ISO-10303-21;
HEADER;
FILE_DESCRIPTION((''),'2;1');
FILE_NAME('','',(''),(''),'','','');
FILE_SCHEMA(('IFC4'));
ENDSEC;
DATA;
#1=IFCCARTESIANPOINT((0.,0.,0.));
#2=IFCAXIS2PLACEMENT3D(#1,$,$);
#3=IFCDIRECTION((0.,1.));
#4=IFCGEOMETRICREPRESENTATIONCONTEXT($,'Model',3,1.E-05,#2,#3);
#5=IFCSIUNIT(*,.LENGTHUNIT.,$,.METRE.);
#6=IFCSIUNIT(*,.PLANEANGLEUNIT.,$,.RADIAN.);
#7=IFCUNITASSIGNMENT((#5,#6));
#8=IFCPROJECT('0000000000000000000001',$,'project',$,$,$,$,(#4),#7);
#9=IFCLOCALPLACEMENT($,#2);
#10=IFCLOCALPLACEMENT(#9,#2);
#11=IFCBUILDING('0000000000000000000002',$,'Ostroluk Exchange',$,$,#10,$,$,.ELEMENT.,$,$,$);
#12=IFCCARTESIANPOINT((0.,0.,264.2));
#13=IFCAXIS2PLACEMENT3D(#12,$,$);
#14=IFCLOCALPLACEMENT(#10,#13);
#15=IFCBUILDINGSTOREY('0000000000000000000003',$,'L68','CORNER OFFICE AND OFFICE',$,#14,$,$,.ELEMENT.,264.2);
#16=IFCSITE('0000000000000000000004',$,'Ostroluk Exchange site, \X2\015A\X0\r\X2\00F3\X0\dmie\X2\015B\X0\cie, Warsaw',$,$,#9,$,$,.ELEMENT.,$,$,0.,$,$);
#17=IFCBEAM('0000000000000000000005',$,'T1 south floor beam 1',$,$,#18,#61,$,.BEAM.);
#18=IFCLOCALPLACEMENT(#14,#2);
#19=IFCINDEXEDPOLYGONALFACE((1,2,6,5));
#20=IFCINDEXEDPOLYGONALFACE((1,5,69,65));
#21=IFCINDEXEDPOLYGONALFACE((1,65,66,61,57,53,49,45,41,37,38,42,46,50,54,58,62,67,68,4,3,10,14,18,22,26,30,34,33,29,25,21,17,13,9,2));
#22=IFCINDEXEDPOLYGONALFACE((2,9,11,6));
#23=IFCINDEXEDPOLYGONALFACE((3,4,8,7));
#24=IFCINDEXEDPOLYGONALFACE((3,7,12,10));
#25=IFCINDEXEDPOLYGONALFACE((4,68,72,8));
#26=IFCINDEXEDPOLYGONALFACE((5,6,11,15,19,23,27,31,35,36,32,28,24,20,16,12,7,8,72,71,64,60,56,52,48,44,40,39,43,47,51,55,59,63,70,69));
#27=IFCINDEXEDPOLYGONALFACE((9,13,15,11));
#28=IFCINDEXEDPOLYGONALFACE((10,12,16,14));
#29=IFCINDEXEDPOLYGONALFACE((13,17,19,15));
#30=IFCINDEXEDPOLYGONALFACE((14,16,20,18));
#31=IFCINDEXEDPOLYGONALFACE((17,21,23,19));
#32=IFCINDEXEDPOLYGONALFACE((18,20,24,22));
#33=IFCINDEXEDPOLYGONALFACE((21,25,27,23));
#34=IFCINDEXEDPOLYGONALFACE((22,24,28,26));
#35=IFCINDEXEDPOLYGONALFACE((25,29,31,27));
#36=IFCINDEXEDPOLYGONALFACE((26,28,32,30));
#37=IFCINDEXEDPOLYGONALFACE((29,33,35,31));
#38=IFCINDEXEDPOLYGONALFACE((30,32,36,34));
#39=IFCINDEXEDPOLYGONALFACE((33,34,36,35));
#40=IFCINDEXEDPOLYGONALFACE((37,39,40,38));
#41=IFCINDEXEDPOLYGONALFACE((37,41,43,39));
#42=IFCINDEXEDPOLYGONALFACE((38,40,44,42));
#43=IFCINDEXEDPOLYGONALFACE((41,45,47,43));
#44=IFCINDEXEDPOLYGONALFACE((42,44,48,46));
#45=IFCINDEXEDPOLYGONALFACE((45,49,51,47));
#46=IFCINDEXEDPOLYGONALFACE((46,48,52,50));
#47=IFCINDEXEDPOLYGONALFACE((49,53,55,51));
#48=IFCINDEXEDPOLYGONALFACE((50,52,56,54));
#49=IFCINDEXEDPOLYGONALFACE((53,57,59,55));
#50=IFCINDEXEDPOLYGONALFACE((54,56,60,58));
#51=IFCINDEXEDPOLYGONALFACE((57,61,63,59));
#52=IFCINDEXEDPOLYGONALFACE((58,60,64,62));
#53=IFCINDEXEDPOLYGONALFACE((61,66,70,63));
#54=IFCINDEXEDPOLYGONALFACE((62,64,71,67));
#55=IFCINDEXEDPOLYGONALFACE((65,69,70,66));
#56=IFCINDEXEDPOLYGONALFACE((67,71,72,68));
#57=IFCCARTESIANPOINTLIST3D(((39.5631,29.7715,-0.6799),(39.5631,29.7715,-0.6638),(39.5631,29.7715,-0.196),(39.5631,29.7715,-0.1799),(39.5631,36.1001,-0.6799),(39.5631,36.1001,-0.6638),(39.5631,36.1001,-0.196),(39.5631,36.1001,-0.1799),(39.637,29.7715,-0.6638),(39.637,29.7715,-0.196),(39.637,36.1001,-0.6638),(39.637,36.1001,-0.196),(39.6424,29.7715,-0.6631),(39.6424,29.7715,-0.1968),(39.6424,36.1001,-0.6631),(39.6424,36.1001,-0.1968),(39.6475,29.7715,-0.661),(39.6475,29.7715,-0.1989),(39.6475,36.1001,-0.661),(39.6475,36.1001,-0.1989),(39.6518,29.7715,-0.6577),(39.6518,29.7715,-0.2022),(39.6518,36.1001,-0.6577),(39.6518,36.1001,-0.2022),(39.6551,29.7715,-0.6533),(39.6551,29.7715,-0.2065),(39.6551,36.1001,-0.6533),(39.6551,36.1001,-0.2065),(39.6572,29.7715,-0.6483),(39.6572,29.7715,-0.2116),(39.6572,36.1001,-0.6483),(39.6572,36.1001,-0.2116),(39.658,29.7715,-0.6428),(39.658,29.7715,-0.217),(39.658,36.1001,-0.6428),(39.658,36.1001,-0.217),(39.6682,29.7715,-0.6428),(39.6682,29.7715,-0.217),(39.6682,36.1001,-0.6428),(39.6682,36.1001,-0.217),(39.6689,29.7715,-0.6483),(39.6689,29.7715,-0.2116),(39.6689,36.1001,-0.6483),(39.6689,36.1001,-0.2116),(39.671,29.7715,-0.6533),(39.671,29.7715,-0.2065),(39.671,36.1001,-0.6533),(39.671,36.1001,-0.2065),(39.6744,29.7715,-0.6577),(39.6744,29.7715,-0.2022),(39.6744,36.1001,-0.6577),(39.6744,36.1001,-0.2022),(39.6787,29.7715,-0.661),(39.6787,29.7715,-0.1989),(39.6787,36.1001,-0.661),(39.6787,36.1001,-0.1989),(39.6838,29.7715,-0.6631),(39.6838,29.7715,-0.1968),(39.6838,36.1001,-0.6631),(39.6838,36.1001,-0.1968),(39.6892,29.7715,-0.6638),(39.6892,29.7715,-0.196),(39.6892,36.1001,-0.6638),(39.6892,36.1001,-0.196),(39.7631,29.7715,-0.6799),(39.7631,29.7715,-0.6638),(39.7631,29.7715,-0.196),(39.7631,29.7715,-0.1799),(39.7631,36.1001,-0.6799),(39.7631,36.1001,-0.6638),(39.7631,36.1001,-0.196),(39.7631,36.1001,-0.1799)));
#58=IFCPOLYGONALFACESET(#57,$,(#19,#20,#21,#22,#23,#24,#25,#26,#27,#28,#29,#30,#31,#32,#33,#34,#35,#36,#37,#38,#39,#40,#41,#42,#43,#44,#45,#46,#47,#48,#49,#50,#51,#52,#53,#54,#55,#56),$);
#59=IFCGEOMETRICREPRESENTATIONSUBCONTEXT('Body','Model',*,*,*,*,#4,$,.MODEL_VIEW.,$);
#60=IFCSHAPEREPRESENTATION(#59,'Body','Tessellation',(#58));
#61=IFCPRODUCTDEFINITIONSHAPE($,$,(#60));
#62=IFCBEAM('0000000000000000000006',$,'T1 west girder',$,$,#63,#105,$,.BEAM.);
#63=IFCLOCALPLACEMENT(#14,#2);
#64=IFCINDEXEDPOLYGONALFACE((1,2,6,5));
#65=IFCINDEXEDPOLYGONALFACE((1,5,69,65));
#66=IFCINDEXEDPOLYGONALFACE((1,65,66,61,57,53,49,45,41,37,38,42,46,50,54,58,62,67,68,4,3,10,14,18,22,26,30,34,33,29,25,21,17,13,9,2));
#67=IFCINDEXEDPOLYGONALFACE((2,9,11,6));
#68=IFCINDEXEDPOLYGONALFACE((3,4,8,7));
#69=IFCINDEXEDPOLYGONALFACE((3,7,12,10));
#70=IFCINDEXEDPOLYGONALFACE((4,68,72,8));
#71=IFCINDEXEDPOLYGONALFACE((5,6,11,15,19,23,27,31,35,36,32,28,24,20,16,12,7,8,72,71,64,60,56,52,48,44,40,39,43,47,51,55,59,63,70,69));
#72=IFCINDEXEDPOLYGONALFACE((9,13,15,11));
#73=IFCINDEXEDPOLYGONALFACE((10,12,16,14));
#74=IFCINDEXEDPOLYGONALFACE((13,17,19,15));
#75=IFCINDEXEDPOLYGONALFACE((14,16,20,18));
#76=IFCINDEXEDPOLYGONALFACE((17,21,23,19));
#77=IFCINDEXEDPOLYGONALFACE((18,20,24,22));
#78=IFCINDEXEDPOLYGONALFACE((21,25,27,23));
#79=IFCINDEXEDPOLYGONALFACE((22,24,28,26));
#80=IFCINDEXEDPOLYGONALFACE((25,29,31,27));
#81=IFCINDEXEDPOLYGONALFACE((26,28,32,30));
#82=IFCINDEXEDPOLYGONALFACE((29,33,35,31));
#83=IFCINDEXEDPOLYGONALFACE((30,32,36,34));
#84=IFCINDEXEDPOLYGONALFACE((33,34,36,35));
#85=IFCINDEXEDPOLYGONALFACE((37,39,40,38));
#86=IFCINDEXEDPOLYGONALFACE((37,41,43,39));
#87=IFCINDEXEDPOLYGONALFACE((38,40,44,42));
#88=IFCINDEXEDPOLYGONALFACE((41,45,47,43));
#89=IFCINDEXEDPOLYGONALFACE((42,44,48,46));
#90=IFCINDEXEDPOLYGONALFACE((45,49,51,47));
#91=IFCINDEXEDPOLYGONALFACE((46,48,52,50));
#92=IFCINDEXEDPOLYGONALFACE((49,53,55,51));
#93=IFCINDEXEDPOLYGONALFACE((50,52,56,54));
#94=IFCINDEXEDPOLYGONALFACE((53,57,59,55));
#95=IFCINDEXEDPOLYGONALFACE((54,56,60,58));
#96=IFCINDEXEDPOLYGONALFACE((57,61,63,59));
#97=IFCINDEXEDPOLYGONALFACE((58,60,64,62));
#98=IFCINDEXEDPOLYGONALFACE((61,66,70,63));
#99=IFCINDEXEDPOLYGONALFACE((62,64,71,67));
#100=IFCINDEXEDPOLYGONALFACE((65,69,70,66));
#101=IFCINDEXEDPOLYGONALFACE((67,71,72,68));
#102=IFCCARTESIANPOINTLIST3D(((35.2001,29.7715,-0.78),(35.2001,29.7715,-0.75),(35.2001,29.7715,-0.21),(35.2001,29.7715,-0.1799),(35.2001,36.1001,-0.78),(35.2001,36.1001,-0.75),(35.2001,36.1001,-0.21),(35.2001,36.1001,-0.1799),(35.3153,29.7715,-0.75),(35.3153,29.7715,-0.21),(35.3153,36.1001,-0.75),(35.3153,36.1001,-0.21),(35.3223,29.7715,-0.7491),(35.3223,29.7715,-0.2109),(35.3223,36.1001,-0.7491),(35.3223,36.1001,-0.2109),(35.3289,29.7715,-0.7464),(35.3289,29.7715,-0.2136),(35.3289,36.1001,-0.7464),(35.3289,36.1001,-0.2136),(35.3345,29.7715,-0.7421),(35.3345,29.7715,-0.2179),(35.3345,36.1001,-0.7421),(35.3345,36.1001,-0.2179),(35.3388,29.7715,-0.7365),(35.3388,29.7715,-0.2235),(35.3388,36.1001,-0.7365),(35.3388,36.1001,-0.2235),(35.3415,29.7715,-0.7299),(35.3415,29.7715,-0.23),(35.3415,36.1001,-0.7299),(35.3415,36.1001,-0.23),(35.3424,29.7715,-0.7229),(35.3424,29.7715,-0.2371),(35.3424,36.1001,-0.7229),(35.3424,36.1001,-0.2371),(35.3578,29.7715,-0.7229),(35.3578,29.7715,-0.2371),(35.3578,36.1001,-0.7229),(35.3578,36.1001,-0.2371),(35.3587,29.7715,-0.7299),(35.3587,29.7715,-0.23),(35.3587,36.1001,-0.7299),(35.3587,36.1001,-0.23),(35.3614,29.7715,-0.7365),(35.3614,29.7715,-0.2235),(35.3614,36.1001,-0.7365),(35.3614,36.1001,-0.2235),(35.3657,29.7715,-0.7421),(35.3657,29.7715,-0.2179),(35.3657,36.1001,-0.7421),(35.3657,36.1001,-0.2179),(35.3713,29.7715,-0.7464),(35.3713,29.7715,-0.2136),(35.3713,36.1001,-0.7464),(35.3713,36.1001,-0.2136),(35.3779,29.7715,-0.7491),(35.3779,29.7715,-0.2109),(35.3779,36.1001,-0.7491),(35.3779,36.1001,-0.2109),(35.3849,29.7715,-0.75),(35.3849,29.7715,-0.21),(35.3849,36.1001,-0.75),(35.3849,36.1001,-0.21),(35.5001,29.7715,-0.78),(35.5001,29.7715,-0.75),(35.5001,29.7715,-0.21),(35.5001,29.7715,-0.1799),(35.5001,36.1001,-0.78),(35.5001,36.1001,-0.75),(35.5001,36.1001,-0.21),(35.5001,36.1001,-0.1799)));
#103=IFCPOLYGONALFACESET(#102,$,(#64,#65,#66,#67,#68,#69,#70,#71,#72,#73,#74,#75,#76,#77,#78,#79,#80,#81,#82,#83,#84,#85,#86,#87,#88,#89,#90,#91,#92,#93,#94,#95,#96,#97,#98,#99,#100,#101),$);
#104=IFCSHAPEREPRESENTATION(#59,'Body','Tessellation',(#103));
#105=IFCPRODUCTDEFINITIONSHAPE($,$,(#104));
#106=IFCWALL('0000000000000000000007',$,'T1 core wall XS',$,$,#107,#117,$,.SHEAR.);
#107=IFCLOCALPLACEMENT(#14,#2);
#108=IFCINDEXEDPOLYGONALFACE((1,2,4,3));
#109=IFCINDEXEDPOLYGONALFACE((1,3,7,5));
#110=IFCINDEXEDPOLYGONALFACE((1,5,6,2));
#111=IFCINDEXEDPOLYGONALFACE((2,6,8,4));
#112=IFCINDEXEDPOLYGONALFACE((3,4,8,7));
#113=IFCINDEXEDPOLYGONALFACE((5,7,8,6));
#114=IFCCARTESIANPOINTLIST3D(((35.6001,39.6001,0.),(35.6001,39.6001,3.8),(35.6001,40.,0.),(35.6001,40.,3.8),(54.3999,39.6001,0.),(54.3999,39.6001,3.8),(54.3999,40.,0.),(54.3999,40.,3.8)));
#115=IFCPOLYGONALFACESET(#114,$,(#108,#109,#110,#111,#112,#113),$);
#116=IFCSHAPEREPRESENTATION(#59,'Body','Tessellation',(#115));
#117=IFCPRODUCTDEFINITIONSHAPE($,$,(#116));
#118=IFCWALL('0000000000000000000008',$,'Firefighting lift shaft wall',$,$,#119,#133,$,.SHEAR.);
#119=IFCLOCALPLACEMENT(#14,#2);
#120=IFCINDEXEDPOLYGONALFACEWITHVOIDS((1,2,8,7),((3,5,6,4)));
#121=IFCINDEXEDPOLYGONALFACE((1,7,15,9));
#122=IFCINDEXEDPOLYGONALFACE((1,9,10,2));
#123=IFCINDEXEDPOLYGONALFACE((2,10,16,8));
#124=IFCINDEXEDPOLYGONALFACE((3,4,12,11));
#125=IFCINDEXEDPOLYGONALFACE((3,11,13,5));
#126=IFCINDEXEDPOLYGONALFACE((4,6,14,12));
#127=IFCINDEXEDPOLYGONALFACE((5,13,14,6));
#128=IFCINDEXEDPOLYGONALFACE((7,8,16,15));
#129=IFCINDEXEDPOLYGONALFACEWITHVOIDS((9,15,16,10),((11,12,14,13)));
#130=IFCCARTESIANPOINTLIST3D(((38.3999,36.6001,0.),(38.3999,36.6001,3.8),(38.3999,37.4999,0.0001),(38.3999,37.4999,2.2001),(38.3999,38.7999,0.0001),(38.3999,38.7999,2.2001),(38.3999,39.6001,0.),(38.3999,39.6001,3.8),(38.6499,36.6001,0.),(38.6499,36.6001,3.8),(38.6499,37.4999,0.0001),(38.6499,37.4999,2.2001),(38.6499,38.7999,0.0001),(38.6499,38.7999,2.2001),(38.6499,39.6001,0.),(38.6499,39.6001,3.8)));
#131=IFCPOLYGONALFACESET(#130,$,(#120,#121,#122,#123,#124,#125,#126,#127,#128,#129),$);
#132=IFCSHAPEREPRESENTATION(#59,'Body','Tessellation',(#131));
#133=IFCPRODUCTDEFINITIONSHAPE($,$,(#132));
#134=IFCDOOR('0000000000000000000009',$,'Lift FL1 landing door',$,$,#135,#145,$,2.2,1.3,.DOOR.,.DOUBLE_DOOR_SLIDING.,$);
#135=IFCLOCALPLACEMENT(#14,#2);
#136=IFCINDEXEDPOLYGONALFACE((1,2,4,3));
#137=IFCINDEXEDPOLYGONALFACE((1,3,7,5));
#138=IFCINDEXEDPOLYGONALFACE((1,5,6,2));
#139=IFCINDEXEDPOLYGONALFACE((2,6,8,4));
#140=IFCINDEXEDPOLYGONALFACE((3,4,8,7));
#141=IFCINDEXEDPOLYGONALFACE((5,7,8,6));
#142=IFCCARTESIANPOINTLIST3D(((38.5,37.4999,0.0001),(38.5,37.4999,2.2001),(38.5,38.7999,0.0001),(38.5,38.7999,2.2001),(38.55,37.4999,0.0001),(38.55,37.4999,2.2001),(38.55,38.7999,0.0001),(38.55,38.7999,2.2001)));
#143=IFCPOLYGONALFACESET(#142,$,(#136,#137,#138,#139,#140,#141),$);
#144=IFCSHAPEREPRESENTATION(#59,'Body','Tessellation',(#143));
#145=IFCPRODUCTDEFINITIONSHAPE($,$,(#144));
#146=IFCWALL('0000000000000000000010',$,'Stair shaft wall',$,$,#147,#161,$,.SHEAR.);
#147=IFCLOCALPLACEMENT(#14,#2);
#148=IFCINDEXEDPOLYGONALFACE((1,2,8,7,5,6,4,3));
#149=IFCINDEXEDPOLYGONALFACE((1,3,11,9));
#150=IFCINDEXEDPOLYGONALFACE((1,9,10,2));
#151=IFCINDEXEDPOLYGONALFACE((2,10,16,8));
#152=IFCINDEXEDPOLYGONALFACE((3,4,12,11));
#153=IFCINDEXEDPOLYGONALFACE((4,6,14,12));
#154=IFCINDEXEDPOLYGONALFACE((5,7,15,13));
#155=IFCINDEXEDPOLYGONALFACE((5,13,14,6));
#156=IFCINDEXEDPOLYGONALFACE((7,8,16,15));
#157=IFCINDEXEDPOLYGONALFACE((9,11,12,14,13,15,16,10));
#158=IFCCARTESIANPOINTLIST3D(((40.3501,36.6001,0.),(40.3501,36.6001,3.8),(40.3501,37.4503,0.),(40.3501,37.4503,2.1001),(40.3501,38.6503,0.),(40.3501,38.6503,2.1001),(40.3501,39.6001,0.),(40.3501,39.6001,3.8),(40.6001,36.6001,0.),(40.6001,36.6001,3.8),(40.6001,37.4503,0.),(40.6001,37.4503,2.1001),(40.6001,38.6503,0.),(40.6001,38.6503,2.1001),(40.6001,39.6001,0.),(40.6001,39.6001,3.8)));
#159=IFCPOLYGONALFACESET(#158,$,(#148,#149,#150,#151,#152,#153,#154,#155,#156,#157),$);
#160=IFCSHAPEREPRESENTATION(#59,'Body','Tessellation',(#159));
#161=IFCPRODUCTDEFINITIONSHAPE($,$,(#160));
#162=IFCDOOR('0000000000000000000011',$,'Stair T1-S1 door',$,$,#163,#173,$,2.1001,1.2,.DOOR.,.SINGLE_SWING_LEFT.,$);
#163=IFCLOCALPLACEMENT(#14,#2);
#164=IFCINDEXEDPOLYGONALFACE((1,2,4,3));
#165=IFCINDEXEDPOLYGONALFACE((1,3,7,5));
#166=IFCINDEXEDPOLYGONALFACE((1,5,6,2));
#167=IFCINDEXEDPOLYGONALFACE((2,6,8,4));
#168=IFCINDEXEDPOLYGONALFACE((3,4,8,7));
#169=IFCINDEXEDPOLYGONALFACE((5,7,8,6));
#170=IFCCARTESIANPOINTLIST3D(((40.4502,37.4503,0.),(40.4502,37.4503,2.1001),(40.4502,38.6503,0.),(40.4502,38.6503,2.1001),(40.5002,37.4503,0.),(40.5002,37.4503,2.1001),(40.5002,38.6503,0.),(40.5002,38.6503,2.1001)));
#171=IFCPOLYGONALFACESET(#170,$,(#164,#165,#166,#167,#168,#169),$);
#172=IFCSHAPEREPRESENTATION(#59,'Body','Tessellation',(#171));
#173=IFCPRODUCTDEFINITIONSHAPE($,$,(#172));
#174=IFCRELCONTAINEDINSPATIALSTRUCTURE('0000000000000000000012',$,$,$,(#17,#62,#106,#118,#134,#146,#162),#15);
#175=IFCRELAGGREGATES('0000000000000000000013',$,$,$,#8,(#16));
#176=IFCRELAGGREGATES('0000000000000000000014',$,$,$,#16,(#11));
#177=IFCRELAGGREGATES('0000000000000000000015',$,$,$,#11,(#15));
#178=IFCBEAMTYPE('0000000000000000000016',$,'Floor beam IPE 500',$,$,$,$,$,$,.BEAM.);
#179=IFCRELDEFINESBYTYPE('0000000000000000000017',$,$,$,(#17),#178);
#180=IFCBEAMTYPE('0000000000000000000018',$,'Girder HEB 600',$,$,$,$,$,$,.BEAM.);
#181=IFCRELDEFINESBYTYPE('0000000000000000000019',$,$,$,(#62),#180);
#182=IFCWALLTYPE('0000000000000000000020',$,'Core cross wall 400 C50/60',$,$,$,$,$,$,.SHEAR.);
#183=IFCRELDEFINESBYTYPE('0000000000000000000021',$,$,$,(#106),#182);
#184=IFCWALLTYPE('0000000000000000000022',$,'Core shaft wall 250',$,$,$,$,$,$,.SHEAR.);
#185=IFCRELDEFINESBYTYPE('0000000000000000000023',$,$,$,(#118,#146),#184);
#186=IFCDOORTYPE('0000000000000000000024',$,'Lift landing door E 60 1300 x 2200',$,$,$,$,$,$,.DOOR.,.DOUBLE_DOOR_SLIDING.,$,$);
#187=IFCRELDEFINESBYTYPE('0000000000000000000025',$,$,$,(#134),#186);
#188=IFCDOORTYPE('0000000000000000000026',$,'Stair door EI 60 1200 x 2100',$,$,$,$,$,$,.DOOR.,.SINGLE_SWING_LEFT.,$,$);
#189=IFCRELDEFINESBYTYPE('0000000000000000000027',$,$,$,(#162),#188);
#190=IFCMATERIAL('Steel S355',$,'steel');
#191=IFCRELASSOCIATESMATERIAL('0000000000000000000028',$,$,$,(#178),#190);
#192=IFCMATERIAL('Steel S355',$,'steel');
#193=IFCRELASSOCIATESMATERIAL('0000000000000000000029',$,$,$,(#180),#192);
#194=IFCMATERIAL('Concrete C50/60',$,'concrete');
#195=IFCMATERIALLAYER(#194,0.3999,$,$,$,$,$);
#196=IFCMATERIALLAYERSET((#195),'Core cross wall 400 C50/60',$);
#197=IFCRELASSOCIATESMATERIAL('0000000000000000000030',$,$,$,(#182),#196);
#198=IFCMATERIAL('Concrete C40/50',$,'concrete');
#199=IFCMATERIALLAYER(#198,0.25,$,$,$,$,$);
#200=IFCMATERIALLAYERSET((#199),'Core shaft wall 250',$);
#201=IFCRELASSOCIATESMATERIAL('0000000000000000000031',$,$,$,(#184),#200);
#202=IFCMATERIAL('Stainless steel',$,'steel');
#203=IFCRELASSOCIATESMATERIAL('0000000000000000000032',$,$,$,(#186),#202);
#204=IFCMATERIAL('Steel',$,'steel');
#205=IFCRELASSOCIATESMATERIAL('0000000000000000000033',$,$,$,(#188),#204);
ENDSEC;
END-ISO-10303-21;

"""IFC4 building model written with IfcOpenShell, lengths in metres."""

from ifc_helpers import new_model, si_unit, direction, frame, frame_2d, origin, origin_2d, place, context, subcontext, project, spatial, rectangle, i_section, extrude, material, layer, layer_set, material_profile, profile_set, type_object, element, fill, save


model = new_model("IFC4")

# Units and contexts
model_context = context("Model", 3, precision=1e-05, world=origin(), true_north=direction((0.0, 1.0)))
body_context = subcontext(model_context, "Body", "Model", "MODEL_VIEW")
ifc_project = project(units=[si_unit("LENGTHUNIT", "METRE"), si_unit("PLANEANGLEUNIT", "RADIAN")], contexts=[model_context])

# Site, building, storey
site_placement = place(None, origin())
site = spatial("IfcSite", under=ifc_project, at=site_placement, Name="Ostroluk Exchange site, Śródmieście, Warsaw", CompositionType="ELEMENT", RefElevation=0.0)
building_placement = place(site_placement, origin())
building = spatial("IfcBuilding", under=site, at=building_placement, Name="Ostroluk Exchange", CompositionType="ELEMENT")
storey_placement = place(building_placement, frame((0.0, 0.0, 264.2)))
storey = spatial("IfcBuildingStorey", under=building, at=storey_placement, Name="L68", Description="CORNER OFFICE AND OFFICE", CompositionType="ELEMENT", Elevation=264.2)

# Beams
ifc_material_1 = material(Name="Steel S355", Category="steel")
ifc_material_profile_1 = material_profile(ifc_material_1, i_section(OverallWidth=0.2, OverallDepth=0.5, WebThickness=0.0103, FlangeThickness=0.0161, FilletRadius=0.021, at=origin_2d()), Name="IPE 500")
ifc_profile_set_1 = profile_set([ifc_material_profile_1], Name="Steel S355")
beam_type_1 = type_object("IfcBeamType", Name="Floor beam IPE 500", PredefinedType="BEAM", material=ifc_profile_set_1)
for number, where, z_axis, x_axis, name in (
    (1, (39.6631, 36.1001, -0.4299), (0.0, -1.0, 0.0), (1.0, 0.0, 0.0), "T1 south floor beam 1"),
):
    element("IfcBeam", number, at=place(storey_placement, frame(where, z_axis=z_axis, x_axis=x_axis)), inside=storey, type_object=beam_type_1, Name=name, PredefinedType="BEAM", context=body_context, shape_type="SweptSolid", body=[
        extrude(i_section(OverallWidth=0.2, OverallDepth=0.5, WebThickness=0.0103, FlangeThickness=0.0161, FilletRadius=0.021, at=origin_2d()), origin(), (0.0, 0.0, 1.0), 6.3286),
    ])
ifc_material_2 = material(Name="Steel S355", Category="steel")
ifc_material_profile_2 = material_profile(ifc_material_2, i_section(OverallWidth=0.3, OverallDepth=0.6001, WebThickness=0.0154, FlangeThickness=0.03, FilletRadius=0.0271, at=origin_2d()), Name="HEB 600")
ifc_profile_set_2 = profile_set([ifc_material_profile_2], Name="Steel S355")
beam_type_2 = type_object("IfcBeamType", Name="Girder HEB 600", PredefinedType="BEAM", material=ifc_profile_set_2)
beam_1_placement = place(storey_placement, frame((35.3501, 36.1001, -0.48), z_axis=(0.0, -1.0, 0.0), x_axis=(1.0, 0.0, 0.0)))
element("IfcBeam", 2, at=beam_1_placement, inside=storey, type_object=beam_type_2, Name="T1 west girder", PredefinedType="BEAM", context=body_context, shape_type="SweptSolid", body=[
    extrude(i_section(OverallWidth=0.3, OverallDepth=0.6001, WebThickness=0.0154, FlangeThickness=0.03, FilletRadius=0.0271, at=origin_2d()), origin(), (0.0, 0.0, 1.0), 6.3286),
])

# Wall
ifc_material_3 = material(Name="Concrete C50/60", Category="concrete")
ifc_layer_1 = layer(ifc_material_3, 0.3999)
ifc_layer_set_1 = layer_set([ifc_layer_1], Name="Core cross wall 400 C50/60")
wall_type_1 = type_object("IfcWallType", Name="Core cross wall 400 C50/60", PredefinedType="SHEAR", material=ifc_layer_set_1)
wall_1_placement = place(storey_placement, frame((35.6001, 39.8, 0.0), z_axis=(0.0, 0.0, 1.0), x_axis=(1.0, 0.0, 0.0)))
element("IfcWall", 3, at=wall_1_placement, inside=storey, type_object=wall_type_1, Name="T1 core wall XS", PredefinedType="SHEAR", context=body_context, shape_type="SweptSolid", body=[
    extrude(rectangle(XDim=18.7998, YDim=0.3999, at=frame_2d((9.3999, 0.0))), origin(), (0.0, 0.0, 1.0), 3.8),
])

# Walls, openings, doors
ifc_material_4 = material(Name="Concrete C40/50", Category="concrete")
ifc_layer_2 = layer(ifc_material_4, 0.25)
ifc_layer_set_2 = layer_set([ifc_layer_2], Name="Core shaft wall 250")
wall_type_2 = type_object("IfcWallType", Name="Core shaft wall 250", PredefinedType="SHEAR", material=ifc_layer_set_2)
wall_2_placement = place(storey_placement, frame((38.5249, 36.6001, 0.0), z_axis=(0.0, 0.0, 1.0), x_axis=(0.0, 1.0, 0.0)))
wall_2 = element("IfcWall", 4, at=wall_2_placement, inside=storey, type_object=wall_type_2, Name="Firefighting lift shaft wall", PredefinedType="SHEAR", context=body_context, shape_type="SweptSolid", body=[
    extrude(rectangle(XDim=3.0, YDim=0.25, at=frame_2d((1.5, 0.0))), origin(), (0.0, 0.0, 1.0), 3.8),
])
opening_1_placement = place(wall_2_placement, frame((0.8999, 0.0, 0.0)))
opening_1 = element("IfcOpeningElement", 5, at=opening_1_placement, cuts=wall_2, PredefinedType="OPENING", context=body_context, shape_type="SweptSolid", body=[
    extrude(rectangle(XDim=1.3, YDim=2.2, at=frame_2d((0.6499, 1.1001))), frame((0.0, 0.135, 0.0), z_axis=(0.0, -1.0, 0.0), x_axis=(1.0, 0.0, 0.0)), (0.0, 0.0, 1.0), 0.27),
])
ifc_material_5 = material(Name="Stainless steel", Category="steel")
door_type_1 = type_object("IfcDoorType", Name="Lift landing door E 60 1300 x 2200", OperationType="DOUBLE_DOOR_SLIDING", PredefinedType="DOOR", material=ifc_material_5)
door_1_placement = place(opening_1_placement, origin())
door_1 = element("IfcDoor", 6, at=door_1_placement, inside=storey, type_object=door_type_1, Name="Lift FL1 landing door", OperationType="DOUBLE_DOOR_SLIDING", OverallHeight=2.2, OverallWidth=1.3, PredefinedType="DOOR", context=body_context, shape_type="SweptSolid", body=[
    extrude(rectangle(XDim=1.3, YDim=2.2, at=frame_2d((0.6499, 1.1001))), frame((0.0, 0.0249, 0.0), z_axis=(0.0, -1.0, 0.0), x_axis=(1.0, 0.0, 0.0)), (0.0, 0.0, 1.0), 0.05),
])
fill(opening_1, door_1)
wall_3_placement = place(storey_placement, frame((40.4751, 36.6001, 0.0), z_axis=(0.0, 0.0, 1.0), x_axis=(0.0, 1.0, 0.0)))
wall_3 = element("IfcWall", 7, at=wall_3_placement, inside=storey, type_object=wall_type_2, Name="Stair shaft wall", PredefinedType="SHEAR", context=body_context, shape_type="SweptSolid", body=[
    extrude(rectangle(XDim=3.0, YDim=0.25, at=frame_2d((1.5, 0.0))), origin(), (0.0, 0.0, 1.0), 3.8),
])
opening_2_placement = place(wall_3_placement, frame((0.8501, 0.0, 0.0)))
opening_2 = element("IfcOpeningElement", 8, at=opening_2_placement, cuts=wall_3, PredefinedType="OPENING", context=body_context, shape_type="SweptSolid", body=[
    extrude(rectangle(XDim=1.2, YDim=2.1001, at=frame_2d((0.6001, 1.05))), frame((0.0, 0.135, 0.0), z_axis=(0.0, -1.0, 0.0), x_axis=(1.0, 0.0, 0.0)), (0.0, 0.0, 1.0), 0.27),
])
ifc_material_6 = material(Name="Steel", Category="steel")
door_type_2 = type_object("IfcDoorType", Name="Stair door EI 60 1200 x 2100", OperationType="SINGLE_SWING_LEFT", PredefinedType="DOOR", material=ifc_material_6)
door_2_placement = place(opening_2_placement, origin())
door_2 = element("IfcDoor", 9, at=door_2_placement, inside=storey, type_object=door_type_2, Name="Stair T1-S1 door", OperationType="SINGLE_SWING_LEFT", OverallHeight=2.1001, OverallWidth=1.2, PredefinedType="DOOR", context=body_context, shape_type="SweptSolid", body=[
    extrude(rectangle(XDim=1.2, YDim=2.1001, at=frame_2d((0.6001, 1.05))), frame((0.0, 0.0249, 0.0), z_axis=(0.0, -1.0, 0.0), x_axis=(1.0, 0.0, 0.0)), (0.0, 0.0, 1.0), 0.05),
])
fill(opening_2, door_2)

save(model, "model.ifc")
